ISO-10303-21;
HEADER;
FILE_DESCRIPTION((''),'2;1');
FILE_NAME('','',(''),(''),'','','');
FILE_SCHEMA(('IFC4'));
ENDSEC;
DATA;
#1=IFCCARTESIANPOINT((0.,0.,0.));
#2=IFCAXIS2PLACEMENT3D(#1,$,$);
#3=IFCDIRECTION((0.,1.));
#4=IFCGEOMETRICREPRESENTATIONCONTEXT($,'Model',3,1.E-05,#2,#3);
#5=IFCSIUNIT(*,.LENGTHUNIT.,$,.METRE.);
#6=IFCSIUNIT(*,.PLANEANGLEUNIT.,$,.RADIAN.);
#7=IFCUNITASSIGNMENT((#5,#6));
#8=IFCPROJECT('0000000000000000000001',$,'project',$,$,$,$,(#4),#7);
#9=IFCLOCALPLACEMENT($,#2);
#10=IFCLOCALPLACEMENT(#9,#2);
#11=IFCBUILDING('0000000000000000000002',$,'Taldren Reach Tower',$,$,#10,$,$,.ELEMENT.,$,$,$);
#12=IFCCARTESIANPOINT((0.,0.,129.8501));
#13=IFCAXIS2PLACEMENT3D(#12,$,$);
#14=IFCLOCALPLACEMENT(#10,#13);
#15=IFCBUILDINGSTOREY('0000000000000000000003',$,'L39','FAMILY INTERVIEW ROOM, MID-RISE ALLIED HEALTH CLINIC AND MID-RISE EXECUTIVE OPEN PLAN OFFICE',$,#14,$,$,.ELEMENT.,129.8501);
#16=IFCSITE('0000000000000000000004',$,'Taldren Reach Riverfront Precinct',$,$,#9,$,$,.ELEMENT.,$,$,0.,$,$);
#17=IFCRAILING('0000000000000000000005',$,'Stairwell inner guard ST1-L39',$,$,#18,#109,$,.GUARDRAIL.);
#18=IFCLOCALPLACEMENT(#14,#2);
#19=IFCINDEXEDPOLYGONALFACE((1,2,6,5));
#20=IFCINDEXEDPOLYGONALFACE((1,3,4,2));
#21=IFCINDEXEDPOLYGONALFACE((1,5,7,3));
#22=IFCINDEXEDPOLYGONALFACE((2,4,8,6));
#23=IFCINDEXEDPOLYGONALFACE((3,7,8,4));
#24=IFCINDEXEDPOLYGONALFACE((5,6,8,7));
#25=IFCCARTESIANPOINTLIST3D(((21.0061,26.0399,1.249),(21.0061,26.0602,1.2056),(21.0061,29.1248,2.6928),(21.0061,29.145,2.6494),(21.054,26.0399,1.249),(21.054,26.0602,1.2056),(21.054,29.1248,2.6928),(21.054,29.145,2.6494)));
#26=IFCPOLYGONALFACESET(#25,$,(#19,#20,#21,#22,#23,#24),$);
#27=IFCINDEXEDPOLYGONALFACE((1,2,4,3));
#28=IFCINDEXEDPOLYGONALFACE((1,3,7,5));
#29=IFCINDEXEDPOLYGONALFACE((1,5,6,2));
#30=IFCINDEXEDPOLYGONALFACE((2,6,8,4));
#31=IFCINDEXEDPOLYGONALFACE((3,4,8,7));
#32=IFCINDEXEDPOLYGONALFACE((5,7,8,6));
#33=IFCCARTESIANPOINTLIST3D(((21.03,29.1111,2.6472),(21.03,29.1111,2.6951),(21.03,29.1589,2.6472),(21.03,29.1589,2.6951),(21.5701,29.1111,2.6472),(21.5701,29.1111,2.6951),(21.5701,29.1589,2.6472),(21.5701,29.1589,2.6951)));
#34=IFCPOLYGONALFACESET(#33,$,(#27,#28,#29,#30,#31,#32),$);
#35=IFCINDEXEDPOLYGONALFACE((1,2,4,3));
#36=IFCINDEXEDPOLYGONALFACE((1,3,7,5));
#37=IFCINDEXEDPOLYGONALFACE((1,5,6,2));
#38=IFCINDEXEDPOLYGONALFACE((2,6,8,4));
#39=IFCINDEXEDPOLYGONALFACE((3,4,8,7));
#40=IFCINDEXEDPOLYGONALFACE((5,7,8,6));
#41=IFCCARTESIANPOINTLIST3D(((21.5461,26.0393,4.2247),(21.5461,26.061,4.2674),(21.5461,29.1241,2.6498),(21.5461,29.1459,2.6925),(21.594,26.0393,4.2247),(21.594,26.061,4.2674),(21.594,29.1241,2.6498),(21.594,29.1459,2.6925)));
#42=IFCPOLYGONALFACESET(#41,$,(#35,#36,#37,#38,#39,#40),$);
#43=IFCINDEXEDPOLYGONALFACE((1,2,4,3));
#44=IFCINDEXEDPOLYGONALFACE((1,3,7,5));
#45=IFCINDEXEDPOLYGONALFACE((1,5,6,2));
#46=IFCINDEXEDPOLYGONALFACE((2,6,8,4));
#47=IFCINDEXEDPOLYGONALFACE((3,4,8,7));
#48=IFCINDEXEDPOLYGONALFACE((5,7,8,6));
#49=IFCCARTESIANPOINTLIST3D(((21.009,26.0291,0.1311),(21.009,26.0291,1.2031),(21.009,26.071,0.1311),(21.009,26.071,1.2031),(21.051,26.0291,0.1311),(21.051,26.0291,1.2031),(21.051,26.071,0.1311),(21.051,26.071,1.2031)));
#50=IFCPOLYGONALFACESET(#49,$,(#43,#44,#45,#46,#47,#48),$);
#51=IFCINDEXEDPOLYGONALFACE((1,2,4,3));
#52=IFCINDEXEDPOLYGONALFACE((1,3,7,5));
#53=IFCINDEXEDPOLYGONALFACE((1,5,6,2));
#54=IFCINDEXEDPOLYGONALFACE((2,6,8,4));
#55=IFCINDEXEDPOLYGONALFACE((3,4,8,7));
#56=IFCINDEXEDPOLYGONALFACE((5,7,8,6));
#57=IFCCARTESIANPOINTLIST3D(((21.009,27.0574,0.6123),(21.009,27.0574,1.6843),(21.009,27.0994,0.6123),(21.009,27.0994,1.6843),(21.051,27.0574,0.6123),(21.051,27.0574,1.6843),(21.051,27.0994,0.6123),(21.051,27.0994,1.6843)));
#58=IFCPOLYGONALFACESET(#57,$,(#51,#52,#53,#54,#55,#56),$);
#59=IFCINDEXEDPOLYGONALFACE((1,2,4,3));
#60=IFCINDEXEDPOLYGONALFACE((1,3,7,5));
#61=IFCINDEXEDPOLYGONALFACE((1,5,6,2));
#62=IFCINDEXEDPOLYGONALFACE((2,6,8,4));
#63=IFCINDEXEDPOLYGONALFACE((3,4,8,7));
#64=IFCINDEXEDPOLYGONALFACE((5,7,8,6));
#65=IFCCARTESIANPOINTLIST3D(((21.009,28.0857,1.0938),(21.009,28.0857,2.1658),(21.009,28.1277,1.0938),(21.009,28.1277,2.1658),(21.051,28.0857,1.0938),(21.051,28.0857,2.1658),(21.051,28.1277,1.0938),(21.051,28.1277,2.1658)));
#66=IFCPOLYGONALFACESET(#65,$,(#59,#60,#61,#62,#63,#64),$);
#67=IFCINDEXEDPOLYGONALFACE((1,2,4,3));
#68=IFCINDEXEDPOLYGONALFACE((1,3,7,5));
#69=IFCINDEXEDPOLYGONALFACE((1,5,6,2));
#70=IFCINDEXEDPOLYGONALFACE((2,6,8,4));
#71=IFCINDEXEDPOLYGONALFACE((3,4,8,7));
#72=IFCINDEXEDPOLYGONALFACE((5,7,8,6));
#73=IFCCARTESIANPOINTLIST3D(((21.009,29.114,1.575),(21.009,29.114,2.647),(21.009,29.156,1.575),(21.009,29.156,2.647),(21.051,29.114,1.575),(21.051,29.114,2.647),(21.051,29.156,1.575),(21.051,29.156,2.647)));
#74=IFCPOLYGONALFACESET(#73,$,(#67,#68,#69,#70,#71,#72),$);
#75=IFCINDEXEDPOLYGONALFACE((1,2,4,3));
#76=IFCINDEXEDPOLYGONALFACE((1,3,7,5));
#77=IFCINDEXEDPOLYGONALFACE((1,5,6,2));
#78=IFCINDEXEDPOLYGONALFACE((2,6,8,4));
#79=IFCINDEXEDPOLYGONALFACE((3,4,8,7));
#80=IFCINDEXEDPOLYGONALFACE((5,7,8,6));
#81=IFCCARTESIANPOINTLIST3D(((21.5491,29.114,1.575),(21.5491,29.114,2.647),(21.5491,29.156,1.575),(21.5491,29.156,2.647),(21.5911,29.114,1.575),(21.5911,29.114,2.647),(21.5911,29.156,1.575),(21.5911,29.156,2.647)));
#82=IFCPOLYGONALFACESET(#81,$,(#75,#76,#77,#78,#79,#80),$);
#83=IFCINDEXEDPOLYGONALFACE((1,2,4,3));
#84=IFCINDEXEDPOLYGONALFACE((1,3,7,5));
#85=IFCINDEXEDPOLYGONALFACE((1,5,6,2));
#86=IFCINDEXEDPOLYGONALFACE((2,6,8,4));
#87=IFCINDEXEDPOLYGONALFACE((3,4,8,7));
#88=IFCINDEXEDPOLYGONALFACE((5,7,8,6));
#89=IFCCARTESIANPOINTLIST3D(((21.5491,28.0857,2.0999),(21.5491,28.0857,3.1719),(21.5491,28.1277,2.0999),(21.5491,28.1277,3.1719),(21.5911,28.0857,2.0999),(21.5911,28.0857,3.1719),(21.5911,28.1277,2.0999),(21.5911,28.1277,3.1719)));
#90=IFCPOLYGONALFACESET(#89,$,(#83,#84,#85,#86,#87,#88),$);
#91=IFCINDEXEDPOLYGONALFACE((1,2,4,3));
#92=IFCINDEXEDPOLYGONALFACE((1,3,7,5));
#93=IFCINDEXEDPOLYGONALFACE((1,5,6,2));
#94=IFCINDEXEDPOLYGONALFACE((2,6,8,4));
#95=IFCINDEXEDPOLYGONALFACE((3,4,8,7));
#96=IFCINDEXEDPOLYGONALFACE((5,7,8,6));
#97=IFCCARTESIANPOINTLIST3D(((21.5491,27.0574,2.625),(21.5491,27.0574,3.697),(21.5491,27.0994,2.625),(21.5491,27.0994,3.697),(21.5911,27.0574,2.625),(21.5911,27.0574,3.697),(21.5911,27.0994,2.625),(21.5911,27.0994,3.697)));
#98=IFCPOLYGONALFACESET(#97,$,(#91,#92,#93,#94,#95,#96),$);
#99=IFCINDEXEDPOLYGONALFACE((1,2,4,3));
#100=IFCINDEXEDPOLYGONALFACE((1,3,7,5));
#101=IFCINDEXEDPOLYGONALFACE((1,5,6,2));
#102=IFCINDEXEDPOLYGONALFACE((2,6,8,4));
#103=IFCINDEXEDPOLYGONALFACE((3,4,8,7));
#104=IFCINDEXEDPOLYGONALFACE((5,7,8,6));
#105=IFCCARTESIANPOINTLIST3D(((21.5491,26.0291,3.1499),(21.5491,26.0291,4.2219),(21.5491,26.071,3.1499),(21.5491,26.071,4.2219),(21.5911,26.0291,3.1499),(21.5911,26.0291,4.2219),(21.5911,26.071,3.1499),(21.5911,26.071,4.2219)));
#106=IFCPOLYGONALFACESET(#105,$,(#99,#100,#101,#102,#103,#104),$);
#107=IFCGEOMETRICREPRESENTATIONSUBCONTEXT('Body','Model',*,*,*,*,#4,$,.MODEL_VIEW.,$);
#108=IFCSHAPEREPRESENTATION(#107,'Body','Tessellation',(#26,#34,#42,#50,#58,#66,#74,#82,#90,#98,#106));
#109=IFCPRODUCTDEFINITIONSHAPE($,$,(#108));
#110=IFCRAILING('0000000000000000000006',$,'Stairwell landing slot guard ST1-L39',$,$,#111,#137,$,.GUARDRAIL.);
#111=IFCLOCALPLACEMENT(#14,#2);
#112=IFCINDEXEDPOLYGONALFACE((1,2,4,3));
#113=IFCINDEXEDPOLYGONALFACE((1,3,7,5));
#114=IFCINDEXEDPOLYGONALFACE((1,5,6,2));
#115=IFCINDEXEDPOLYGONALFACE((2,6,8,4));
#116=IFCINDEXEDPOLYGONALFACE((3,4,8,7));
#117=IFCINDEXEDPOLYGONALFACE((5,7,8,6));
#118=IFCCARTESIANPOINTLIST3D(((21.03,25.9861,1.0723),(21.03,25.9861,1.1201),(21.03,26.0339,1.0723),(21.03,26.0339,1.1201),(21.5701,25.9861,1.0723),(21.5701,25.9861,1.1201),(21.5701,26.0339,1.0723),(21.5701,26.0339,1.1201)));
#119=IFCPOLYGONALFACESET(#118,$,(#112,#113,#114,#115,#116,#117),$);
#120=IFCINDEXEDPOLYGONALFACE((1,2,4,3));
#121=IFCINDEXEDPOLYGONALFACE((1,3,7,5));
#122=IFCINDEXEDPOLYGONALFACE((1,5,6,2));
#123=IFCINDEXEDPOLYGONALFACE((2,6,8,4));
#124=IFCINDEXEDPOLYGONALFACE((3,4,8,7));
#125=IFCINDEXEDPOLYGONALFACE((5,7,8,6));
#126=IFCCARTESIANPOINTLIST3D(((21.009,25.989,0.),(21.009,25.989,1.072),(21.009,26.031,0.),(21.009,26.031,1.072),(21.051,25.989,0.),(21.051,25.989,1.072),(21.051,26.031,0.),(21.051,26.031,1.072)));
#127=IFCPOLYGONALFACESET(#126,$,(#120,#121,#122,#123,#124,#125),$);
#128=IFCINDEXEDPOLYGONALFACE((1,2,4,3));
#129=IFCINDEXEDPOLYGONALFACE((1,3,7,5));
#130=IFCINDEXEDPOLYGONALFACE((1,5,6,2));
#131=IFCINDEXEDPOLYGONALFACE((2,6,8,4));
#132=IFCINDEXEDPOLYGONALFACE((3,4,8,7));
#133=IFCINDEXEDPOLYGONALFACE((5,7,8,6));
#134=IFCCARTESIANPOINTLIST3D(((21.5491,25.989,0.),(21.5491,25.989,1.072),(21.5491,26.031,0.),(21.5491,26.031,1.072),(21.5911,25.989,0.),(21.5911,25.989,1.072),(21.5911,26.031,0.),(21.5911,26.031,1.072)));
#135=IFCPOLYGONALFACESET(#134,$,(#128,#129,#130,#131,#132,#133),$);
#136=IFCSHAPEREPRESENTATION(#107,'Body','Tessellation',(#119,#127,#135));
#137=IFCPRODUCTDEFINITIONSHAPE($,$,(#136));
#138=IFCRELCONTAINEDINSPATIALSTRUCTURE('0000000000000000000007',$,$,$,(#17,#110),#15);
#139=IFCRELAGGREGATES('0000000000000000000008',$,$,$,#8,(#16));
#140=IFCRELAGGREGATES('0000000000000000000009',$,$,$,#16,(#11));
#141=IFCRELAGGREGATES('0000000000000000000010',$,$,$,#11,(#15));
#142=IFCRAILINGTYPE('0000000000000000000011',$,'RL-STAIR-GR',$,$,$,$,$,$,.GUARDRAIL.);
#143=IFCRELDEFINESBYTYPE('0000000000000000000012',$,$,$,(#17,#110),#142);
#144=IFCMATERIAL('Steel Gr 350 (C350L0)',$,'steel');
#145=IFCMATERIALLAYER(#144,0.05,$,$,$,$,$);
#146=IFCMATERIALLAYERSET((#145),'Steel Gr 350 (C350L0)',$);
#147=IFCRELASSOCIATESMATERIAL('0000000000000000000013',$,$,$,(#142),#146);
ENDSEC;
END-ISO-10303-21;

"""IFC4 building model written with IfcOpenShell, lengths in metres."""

from ifc_helpers import new_model, si_unit, direction, frame, origin, origin_2d, place, context, subcontext, project, spatial, rectangle, extrude, material, layer, layer_set, type_object, element, save


model = new_model("IFC4")

# Units and contexts
model_context = context("Model", 3, precision=1e-05, world=origin(), true_north=direction((0.0, 1.0)))
body_context = subcontext(model_context, "Body", "Model", "MODEL_VIEW")
ifc_project = project(units=[si_unit("LENGTHUNIT", "METRE"), si_unit("PLANEANGLEUNIT", "RADIAN")], contexts=[model_context])

# Site, building, storey
site_placement = place(None, origin())
site = spatial("IfcSite", under=ifc_project, at=site_placement, Name="Taldren Reach Riverfront Precinct", CompositionType="ELEMENT", RefElevation=0.0)
building_placement = place(site_placement, origin())
building = spatial("IfcBuilding", under=site, at=building_placement, Name="Taldren Reach Tower", CompositionType="ELEMENT")
storey_placement = place(building_placement, frame((0.0, 0.0, 129.8501)))
storey = spatial("IfcBuildingStorey", under=building, at=storey_placement, Name="L39", Description="FAMILY INTERVIEW ROOM, MID-RISE ALLIED HEALTH CLINIC AND MID-RISE EXECUTIVE OPEN PLAN OFFICE", CompositionType="ELEMENT", Elevation=129.8501)

# Shared definitions
ifc_material_1 = material(Name="Steel Gr 350 (C350L0)", Category="steel")

# Railings
ifc_layer_1 = layer(ifc_material_1, 0.05)
ifc_layer_set_1 = layer_set([ifc_layer_1], Name="Steel Gr 350 (C350L0)")
railing_type_1 = type_object("IfcRailingType", Name="RL-STAIR-GR", PredefinedType="GUARDRAIL", material=ifc_layer_set_1)
railing_1_placement = place(storey_placement, frame((21.03, 26.05, 0.1311)))
element("IfcRailing", 1, at=railing_1_placement, inside=storey, type_object=railing_type_1, Name="Stairwell inner guard ST1-L39", PredefinedType="GUARDRAIL", context=body_context, shape_type="SweptSolid", body=[
    extrude(rectangle(XDim=0.0479, YDim=0.0479, at=origin_2d()), frame((0.0, 0.0, 1.0962), z_axis=(0.0, 0.90571, 0.423898), x_axis=(-1.0, 0.0, 0.0)), (0.0, 0.0, 1.0), 3.406),
    extrude(rectangle(XDim=0.0479, YDim=0.0479, at=origin_2d()), frame((0.0, 3.085, 2.54), z_axis=(1.0, 0.0, 0.0), x_axis=(0.0, 1.0, 0.0)), (0.0, 0.0, 1.0), 0.54),
    extrude(rectangle(XDim=0.0479, YDim=0.0479, at=origin_2d()), frame((0.54, 3.085, 2.54), z_axis=(0.0, -0.890646, 0.454697), x_axis=(1.0, 0.0, 0.0)), (0.0, 0.0, 1.0), 3.4636),
    extrude(rectangle(XDim=0.042, YDim=0.042, at=origin_2d()), origin(), (0.0, 0.0, 1.0), 1.072),
    extrude(rectangle(XDim=0.042, YDim=0.042, at=origin_2d()), frame((0.0, 1.0283, 0.4812)), (0.0, 0.0, 1.0), 1.072),
    extrude(rectangle(XDim=0.042, YDim=0.042, at=origin_2d()), frame((0.0, 2.0566, 0.9626)), (0.0, 0.0, 1.0), 1.072),
    extrude(rectangle(XDim=0.042, YDim=0.042, at=origin_2d()), frame((0.0, 3.085, 1.4438)), (0.0, 0.0, 1.0), 1.072),
    extrude(rectangle(XDim=0.042, YDim=0.042, at=origin_2d()), frame((0.54, 3.085, 1.4438)), (0.0, 0.0, 1.0), 1.072),
    extrude(rectangle(XDim=0.042, YDim=0.042, at=origin_2d()), frame((0.54, 2.0566, 1.9688)), (0.0, 0.0, 1.0), 1.072),
    extrude(rectangle(XDim=0.042, YDim=0.042, at=origin_2d()), frame((0.54, 1.0283, 2.4939)), (0.0, 0.0, 1.0), 1.072),
    extrude(rectangle(XDim=0.042, YDim=0.042, at=origin_2d()), frame((0.54, 0.0, 3.0188)), (0.0, 0.0, 1.0), 1.072),
])
railing_2_placement = place(storey_placement, frame((21.03, 26.01, 0.0)))
element("IfcRailing", 2, at=railing_2_placement, inside=storey, type_object=railing_type_1, Name="Stairwell landing slot guard ST1-L39", PredefinedType="GUARDRAIL", context=body_context, shape_type="SweptSolid", body=[
    extrude(rectangle(XDim=0.0479, YDim=0.0479, at=origin_2d()), frame((0.0, 0.0, 1.0962), z_axis=(1.0, 0.0, 0.0), x_axis=(0.0, 1.0, 0.0)), (0.0, 0.0, 1.0), 0.54),
    extrude(rectangle(XDim=0.042, YDim=0.042, at=origin_2d()), origin(), (0.0, 0.0, 1.0), 1.072),
    extrude(rectangle(XDim=0.042, YDim=0.042, at=origin_2d()), frame((0.54, 0.0, 0.0)), (0.0, 0.0, 1.0), 1.072),
])

save(model, "model.ifc")
